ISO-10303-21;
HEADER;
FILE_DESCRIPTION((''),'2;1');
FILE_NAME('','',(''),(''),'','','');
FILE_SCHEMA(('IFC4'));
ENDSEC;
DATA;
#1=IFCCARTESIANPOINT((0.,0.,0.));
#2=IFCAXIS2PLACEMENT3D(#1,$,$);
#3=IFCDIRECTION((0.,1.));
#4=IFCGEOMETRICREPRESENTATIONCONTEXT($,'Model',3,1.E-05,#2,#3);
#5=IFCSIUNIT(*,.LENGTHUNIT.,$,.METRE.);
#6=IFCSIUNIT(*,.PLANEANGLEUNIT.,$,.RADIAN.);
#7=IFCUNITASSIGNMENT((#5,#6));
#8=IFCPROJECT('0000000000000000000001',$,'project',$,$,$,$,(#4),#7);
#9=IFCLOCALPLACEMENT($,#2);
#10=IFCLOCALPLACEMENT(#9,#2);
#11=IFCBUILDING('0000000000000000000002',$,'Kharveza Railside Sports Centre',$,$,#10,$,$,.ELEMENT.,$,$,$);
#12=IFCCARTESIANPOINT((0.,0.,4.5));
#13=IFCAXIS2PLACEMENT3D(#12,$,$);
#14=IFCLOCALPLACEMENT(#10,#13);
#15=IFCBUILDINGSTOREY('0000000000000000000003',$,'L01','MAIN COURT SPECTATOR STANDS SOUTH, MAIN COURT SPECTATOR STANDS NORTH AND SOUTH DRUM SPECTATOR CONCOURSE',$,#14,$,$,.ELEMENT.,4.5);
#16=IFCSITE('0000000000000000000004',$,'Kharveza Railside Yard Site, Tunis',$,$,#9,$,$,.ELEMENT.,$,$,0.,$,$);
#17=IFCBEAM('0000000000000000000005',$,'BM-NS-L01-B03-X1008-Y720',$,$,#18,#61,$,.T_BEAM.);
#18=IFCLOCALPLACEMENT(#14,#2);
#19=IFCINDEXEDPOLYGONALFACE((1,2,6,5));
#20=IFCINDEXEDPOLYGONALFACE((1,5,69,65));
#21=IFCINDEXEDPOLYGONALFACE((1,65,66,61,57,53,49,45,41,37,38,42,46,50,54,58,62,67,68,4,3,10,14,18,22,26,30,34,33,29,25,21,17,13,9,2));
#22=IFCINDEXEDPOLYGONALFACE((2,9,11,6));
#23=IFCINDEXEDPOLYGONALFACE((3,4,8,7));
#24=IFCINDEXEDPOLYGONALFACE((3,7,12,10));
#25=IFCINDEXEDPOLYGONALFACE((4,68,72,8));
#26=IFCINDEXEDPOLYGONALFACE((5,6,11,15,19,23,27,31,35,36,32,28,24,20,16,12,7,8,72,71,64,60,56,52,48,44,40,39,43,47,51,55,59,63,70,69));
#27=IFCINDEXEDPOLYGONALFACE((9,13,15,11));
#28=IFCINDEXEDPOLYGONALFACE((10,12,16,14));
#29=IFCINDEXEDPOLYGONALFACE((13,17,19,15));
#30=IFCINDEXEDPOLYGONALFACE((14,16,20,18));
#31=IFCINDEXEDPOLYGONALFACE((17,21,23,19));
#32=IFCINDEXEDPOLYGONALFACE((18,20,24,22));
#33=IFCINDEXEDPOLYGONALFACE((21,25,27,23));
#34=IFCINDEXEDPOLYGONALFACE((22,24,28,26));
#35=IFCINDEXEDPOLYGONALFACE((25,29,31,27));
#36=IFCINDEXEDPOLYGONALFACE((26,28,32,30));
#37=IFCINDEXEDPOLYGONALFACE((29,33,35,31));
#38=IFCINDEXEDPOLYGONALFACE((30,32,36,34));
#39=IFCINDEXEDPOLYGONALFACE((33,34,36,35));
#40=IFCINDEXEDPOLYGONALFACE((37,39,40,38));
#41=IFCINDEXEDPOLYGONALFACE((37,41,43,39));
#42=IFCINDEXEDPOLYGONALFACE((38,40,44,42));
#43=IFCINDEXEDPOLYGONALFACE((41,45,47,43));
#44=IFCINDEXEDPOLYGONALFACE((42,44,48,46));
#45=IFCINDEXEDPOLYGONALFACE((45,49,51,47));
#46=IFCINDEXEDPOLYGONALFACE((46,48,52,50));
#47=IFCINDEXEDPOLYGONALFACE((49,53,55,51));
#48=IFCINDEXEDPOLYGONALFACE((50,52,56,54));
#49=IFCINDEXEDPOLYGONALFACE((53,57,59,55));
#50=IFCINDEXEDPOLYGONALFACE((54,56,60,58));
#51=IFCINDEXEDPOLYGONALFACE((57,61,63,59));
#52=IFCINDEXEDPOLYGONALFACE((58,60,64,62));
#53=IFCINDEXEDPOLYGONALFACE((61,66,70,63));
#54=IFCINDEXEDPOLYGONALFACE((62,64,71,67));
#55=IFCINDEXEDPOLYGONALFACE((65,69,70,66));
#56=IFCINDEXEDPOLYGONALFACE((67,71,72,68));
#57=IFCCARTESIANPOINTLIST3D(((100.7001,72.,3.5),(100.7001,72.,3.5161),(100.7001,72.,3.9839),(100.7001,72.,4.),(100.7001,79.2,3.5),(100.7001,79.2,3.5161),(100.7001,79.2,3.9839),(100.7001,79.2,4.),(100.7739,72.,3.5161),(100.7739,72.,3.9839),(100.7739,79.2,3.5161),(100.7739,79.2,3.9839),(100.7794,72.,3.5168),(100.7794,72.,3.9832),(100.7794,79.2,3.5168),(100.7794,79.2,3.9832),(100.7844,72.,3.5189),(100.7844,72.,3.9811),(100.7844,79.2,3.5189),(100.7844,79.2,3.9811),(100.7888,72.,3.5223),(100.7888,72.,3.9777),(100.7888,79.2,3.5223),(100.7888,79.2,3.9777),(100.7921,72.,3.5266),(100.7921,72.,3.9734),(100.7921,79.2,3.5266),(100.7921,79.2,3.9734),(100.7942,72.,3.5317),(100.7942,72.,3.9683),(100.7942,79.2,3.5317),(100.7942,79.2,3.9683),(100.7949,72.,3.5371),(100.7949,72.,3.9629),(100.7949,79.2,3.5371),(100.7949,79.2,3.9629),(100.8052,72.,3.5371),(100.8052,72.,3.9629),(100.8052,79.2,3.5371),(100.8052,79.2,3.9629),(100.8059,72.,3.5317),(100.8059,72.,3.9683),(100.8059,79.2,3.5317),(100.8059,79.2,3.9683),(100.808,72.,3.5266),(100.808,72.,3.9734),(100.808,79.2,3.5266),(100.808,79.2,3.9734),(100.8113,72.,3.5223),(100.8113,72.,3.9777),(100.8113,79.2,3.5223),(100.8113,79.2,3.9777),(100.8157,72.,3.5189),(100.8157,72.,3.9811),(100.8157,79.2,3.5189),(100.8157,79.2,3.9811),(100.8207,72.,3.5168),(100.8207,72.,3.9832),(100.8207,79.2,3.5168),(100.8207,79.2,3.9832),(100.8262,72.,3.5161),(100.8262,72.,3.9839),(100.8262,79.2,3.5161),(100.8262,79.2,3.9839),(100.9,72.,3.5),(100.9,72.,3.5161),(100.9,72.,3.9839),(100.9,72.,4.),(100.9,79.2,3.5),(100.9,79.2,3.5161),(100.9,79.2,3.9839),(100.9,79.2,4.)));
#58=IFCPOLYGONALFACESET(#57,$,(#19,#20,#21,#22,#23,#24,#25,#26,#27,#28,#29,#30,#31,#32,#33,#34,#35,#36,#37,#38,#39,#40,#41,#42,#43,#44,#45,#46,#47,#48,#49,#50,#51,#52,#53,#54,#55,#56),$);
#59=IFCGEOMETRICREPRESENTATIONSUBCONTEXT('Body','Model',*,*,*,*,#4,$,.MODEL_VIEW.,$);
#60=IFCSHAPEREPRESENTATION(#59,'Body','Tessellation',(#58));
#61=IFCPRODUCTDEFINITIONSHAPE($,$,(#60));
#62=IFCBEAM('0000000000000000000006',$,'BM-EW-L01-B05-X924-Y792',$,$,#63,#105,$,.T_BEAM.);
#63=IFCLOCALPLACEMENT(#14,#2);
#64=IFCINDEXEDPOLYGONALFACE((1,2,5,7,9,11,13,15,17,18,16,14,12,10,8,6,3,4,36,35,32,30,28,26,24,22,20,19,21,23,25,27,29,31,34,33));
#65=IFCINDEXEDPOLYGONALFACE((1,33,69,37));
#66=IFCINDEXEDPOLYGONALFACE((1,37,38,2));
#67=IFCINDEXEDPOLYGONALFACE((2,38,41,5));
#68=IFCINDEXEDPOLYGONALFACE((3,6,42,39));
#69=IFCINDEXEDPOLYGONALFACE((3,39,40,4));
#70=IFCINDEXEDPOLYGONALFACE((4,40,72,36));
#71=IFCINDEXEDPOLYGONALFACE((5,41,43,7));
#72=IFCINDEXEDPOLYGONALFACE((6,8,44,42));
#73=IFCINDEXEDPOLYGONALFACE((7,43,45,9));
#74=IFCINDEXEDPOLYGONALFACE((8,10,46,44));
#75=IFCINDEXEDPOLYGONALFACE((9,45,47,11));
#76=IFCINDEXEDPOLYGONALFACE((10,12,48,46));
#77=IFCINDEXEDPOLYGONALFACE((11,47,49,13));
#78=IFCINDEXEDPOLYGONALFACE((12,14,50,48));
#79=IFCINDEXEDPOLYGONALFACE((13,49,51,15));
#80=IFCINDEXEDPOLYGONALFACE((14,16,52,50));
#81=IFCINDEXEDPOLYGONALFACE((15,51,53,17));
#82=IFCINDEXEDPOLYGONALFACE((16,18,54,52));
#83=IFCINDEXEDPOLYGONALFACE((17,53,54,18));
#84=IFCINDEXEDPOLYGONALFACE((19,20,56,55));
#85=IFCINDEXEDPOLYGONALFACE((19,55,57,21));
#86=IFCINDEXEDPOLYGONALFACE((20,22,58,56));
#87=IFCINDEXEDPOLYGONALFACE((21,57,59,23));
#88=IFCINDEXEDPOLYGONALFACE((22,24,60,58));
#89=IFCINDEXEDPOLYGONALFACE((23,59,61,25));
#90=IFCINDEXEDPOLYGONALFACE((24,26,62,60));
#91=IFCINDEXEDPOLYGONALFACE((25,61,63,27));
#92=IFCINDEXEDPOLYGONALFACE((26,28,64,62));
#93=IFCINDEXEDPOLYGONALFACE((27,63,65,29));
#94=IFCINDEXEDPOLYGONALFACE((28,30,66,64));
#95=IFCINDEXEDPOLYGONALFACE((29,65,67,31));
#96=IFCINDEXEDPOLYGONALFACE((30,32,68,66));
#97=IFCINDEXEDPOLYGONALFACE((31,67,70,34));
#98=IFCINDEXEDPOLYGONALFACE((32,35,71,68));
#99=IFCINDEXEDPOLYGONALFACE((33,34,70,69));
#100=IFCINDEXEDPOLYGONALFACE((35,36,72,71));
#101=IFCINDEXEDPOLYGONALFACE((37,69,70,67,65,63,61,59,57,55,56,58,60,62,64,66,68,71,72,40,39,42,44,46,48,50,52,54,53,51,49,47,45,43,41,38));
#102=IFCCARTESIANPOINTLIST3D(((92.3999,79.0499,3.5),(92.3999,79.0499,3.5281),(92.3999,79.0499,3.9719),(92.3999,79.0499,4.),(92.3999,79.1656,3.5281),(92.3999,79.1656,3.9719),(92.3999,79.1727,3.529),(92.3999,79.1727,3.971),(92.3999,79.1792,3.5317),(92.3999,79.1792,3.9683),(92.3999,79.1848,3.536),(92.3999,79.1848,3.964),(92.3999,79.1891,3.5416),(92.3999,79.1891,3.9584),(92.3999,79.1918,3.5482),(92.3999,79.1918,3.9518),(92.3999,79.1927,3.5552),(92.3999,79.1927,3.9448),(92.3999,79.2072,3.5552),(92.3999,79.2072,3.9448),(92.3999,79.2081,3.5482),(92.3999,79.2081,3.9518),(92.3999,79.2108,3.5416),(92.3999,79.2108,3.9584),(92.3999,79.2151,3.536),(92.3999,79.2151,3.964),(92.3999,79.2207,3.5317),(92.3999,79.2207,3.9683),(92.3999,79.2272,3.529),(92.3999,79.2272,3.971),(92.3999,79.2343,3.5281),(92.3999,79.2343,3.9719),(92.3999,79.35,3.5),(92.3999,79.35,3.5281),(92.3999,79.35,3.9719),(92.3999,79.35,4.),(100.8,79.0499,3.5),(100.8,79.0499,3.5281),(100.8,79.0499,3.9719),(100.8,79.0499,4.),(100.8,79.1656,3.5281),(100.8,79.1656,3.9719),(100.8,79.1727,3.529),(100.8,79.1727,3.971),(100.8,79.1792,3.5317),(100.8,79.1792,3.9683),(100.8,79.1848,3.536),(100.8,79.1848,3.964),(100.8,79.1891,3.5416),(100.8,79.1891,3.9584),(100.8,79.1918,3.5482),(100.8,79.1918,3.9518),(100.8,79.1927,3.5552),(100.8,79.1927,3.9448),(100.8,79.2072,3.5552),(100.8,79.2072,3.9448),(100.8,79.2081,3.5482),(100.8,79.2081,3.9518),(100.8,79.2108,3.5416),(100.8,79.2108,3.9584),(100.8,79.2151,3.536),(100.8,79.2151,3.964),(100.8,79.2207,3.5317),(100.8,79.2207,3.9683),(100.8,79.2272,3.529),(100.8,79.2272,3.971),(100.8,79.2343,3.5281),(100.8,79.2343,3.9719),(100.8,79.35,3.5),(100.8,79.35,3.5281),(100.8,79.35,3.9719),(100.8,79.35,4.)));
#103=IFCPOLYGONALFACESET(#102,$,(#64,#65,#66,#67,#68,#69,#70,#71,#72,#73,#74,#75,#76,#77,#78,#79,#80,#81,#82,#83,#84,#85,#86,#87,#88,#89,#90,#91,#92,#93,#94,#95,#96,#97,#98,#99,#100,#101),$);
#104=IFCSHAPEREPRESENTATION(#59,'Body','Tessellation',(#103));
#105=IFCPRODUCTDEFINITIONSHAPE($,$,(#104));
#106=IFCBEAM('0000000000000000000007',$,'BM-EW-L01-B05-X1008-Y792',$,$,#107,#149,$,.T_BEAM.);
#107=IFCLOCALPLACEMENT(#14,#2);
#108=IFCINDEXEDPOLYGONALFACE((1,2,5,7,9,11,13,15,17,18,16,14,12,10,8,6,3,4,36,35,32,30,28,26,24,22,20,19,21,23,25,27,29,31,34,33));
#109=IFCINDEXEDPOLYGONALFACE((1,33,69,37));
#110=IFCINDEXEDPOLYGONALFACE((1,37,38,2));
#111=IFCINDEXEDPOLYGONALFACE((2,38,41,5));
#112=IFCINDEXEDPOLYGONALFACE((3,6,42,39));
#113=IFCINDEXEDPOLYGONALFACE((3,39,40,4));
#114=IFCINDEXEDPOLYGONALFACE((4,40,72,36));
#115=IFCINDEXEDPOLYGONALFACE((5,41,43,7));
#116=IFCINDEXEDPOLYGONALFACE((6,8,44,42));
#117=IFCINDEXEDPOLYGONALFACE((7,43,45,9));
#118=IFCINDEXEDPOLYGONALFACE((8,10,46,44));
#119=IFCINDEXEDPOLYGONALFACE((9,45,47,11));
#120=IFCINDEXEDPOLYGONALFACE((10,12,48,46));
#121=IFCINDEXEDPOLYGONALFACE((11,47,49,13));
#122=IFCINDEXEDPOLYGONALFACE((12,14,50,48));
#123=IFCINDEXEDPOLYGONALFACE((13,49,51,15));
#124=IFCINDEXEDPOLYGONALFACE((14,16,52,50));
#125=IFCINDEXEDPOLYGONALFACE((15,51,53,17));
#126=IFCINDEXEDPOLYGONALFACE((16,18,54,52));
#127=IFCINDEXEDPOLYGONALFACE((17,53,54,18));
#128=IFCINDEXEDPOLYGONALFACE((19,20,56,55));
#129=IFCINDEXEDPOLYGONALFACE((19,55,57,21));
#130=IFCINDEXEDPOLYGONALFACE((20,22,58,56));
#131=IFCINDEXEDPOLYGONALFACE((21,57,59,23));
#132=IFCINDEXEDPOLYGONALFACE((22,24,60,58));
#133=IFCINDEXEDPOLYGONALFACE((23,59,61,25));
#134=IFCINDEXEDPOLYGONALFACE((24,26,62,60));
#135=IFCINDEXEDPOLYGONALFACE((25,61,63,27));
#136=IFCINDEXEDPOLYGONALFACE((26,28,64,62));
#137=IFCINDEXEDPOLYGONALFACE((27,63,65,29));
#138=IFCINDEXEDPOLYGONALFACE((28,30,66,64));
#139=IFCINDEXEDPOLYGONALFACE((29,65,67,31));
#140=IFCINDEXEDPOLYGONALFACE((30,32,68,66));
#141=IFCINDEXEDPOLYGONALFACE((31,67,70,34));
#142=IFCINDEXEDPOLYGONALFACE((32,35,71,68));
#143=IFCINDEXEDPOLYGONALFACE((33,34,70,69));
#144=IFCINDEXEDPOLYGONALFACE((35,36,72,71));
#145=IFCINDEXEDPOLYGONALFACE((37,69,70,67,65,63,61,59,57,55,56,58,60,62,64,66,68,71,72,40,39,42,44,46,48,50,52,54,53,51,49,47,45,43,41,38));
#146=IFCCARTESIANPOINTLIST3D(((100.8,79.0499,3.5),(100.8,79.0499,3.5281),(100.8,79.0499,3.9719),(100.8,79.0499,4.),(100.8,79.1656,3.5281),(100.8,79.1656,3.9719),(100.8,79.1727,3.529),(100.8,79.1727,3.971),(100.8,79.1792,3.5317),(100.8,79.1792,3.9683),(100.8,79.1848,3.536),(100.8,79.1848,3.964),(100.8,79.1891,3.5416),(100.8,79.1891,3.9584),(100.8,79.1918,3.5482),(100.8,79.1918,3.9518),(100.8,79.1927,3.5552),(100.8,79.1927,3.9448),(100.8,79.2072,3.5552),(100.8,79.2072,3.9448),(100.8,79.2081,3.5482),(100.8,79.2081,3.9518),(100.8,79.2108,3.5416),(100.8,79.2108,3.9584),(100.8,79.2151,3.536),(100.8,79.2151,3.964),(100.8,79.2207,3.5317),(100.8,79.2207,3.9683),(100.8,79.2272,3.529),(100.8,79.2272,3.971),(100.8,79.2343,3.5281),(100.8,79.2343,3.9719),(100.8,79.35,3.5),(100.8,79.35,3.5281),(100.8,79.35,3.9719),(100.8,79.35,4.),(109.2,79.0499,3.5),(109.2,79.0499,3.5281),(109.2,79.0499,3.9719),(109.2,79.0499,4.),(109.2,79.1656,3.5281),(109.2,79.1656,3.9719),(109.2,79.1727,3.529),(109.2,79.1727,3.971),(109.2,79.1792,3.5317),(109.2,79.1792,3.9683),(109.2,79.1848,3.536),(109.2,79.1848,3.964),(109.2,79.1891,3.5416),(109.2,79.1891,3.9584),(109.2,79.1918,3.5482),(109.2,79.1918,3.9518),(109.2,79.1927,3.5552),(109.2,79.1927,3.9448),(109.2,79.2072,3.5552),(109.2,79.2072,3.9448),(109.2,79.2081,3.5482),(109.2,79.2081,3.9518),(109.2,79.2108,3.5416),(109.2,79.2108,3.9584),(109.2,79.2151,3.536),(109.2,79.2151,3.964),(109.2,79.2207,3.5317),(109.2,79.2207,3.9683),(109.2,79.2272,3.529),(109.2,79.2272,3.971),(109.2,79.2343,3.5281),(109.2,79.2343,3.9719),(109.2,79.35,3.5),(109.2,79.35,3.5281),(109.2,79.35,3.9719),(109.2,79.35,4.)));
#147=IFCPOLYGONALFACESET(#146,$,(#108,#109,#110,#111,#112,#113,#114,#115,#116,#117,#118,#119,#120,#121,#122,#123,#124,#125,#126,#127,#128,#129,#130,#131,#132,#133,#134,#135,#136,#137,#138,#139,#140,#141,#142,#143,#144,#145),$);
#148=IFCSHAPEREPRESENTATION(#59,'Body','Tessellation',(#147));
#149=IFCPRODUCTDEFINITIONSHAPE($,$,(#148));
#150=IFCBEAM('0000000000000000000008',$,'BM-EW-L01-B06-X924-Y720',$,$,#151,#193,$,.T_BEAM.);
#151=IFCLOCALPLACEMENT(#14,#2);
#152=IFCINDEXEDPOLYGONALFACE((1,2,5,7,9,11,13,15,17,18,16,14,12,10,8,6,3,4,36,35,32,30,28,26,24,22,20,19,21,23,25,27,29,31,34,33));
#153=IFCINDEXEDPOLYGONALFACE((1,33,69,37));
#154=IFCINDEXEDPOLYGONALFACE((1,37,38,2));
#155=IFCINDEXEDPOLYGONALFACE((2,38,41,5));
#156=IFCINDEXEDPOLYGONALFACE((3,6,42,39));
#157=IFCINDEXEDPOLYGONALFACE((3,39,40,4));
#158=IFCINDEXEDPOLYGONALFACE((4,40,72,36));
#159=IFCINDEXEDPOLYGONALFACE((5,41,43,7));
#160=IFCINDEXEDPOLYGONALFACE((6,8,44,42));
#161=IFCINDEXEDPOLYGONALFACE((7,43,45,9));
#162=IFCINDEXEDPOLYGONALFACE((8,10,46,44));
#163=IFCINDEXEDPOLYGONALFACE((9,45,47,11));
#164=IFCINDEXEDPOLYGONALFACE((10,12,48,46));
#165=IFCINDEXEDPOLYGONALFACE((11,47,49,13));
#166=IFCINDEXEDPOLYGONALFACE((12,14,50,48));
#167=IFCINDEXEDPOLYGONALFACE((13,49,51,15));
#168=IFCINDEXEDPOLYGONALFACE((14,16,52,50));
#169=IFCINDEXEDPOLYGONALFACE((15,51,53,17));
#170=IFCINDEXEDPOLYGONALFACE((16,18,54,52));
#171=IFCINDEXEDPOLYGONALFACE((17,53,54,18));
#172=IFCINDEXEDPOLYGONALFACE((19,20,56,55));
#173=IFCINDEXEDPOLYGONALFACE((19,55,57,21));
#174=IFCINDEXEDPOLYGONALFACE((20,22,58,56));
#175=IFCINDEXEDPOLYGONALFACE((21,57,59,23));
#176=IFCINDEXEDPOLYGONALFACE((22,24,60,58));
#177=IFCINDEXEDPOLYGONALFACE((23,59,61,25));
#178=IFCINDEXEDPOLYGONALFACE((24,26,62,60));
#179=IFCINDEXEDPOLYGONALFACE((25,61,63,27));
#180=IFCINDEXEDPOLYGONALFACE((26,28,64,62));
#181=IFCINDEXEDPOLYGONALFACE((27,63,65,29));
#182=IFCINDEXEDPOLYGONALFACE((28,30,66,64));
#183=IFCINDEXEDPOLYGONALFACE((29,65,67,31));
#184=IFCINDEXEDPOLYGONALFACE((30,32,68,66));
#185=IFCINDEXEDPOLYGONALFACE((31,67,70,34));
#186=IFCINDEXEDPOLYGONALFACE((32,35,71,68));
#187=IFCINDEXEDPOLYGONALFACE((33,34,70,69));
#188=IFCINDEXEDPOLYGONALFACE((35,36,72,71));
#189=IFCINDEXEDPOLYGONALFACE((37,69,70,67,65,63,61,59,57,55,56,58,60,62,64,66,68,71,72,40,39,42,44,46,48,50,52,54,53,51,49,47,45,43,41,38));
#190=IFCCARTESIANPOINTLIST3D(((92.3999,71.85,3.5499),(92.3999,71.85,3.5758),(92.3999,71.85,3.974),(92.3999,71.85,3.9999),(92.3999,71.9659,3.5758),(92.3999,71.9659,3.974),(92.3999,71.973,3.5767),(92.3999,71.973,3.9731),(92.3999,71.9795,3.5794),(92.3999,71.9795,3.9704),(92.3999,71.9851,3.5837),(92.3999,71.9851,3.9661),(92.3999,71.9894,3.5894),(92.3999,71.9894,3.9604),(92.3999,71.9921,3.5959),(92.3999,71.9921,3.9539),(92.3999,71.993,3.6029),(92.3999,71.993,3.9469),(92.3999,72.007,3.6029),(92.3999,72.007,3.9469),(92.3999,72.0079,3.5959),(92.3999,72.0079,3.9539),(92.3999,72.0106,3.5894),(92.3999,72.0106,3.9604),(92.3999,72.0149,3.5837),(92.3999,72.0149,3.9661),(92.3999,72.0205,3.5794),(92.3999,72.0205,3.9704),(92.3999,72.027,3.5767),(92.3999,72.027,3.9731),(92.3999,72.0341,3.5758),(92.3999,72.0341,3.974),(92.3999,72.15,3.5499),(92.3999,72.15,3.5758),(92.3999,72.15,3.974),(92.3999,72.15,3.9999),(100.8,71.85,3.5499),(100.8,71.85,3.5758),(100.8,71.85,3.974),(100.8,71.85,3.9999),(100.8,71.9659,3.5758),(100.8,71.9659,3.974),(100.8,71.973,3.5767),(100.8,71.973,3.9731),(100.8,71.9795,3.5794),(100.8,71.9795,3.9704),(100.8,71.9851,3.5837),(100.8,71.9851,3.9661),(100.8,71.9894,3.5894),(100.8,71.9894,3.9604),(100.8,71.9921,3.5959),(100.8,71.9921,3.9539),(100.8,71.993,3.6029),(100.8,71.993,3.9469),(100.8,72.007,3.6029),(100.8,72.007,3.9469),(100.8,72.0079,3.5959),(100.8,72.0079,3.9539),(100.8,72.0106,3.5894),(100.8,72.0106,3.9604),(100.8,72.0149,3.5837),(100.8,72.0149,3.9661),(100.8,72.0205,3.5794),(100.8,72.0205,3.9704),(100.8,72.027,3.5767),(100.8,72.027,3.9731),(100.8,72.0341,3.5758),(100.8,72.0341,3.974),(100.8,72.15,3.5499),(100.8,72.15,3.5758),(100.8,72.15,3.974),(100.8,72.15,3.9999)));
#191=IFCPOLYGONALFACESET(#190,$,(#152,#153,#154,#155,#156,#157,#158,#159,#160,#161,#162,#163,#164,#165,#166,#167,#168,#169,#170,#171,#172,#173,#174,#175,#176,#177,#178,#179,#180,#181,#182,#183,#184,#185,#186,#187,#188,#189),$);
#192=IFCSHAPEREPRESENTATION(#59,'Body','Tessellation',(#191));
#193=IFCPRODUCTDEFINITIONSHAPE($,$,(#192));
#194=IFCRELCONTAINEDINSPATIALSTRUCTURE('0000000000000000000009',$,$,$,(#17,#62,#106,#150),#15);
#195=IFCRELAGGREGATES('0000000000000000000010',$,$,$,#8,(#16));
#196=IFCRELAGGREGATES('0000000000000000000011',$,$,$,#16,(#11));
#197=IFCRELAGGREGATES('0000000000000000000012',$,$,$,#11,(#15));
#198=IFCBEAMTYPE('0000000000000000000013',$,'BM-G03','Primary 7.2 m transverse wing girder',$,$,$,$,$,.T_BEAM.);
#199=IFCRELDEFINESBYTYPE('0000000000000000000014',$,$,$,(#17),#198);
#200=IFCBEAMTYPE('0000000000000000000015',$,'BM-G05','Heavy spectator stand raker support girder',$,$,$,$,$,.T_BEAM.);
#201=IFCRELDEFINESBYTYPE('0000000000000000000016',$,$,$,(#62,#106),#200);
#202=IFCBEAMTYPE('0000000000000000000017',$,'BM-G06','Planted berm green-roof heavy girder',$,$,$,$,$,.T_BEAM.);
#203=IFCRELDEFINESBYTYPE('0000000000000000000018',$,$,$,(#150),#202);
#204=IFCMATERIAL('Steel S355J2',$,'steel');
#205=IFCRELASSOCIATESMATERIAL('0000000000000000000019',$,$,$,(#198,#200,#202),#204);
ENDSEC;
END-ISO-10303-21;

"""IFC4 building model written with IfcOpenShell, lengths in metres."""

from ifc_helpers import new_model, si_unit, direction, frame, origin, origin_2d, place, context, subcontext, project, spatial, i_section, extrude, material, material_profile, profile_set, type_object, element, save


model = new_model("IFC4")

# Units and contexts
model_context = context("Model", 3, precision=1e-05, world=origin(), true_north=direction((0.0, 1.0)))
body_context = subcontext(model_context, "Body", "Model", "MODEL_VIEW")
ifc_project = project(units=[si_unit("LENGTHUNIT", "METRE"), si_unit("PLANEANGLEUNIT", "RADIAN")], contexts=[model_context])

# Site, building, storey
site_placement = place(None, origin())
site = spatial("IfcSite", under=ifc_project, at=site_placement, Name="Kharveza Railside Yard Site, Tunis", CompositionType="ELEMENT", RefElevation=0.0)
building_placement = place(site_placement, origin())
building = spatial("IfcBuilding", under=site, at=building_placement, Name="Kharveza Railside Sports Centre", CompositionType="ELEMENT")
storey_placement = place(building_placement, frame((0.0, 0.0, 4.5)))
storey = spatial("IfcBuildingStorey", under=building, at=storey_placement, Name="L01", Description="MAIN COURT SPECTATOR STANDS SOUTH, MAIN COURT SPECTATOR STANDS NORTH AND SOUTH DRUM SPECTATOR CONCOURSE", CompositionType="ELEMENT", Elevation=4.5)

# Shared definitions
ifc_material_1 = material(Name="Steel S355J2", Category="steel")

# Beams
ifc_material_profile_1 = material_profile(ifc_material_1, i_section(OverallWidth=0.2, OverallDepth=0.5, WebThickness=0.0103, FlangeThickness=0.0161, FilletRadius=0.021, at=origin_2d()), Name="IPE 500")
ifc_profile_set_1 = profile_set([ifc_material_profile_1], Name="Steel S355J2")
beam_type_1 = type_object("IfcBeamType", Name="BM-G03", Description="Primary 7.2 m transverse wing girder", PredefinedType="T_BEAM", material=ifc_profile_set_1)
beam_1_placement = place(storey_placement, frame((100.8, 72.0, 3.75), z_axis=(0.0, 1.0, 0.0), x_axis=(-1.0, 0.0, 0.0)))
element("IfcBeam", 1, at=beam_1_placement, inside=storey, type_object=beam_type_1, Name="BM-NS-L01-B03-X1008-Y720", PredefinedType="T_BEAM", context=body_context, shape_type="SweptSolid", body=[
    extrude(i_section(OverallWidth=0.2, OverallDepth=0.5, WebThickness=0.0103, FlangeThickness=0.0161, FilletRadius=0.021, at=origin_2d()), origin(), (0.0, 0.0, 1.0), 7.2),
])
ifc_material_profile_2 = material_profile(ifc_material_1, i_section(OverallWidth=0.3, OverallDepth=0.5, WebThickness=0.0144, FlangeThickness=0.0281, FilletRadius=0.0271, at=origin_2d()), Name="HEB 500")
ifc_profile_set_2 = profile_set([ifc_material_profile_2], Name="Steel S355J2")
beam_type_2 = type_object("IfcBeamType", Name="BM-G05", Description="Heavy spectator stand raker support girder", PredefinedType="T_BEAM", material=ifc_profile_set_2)
beam_2_placement = place(storey_placement, frame((92.3999, 79.2, 3.75), z_axis=(1.0, 0.0, 0.0), x_axis=(0.0, 1.0, 0.0)))
element("IfcBeam", 2, at=beam_2_placement, inside=storey, type_object=beam_type_2, Name="BM-EW-L01-B05-X924-Y792", PredefinedType="T_BEAM", context=body_context, shape_type="SweptSolid", body=[
    extrude(i_section(OverallWidth=0.3, OverallDepth=0.5, WebThickness=0.0144, FlangeThickness=0.0281, FilletRadius=0.0271, at=origin_2d()), origin(), (0.0, 0.0, 1.0), 8.4001),
])
beam_3_placement = place(storey_placement, frame((100.8, 79.2, 3.75), z_axis=(1.0, 0.0, 0.0), x_axis=(0.0, 1.0, 0.0)))
element("IfcBeam", 3, at=beam_3_placement, inside=storey, type_object=beam_type_2, Name="BM-EW-L01-B05-X1008-Y792", PredefinedType="T_BEAM", context=body_context, shape_type="SweptSolid", body=[
    extrude(i_section(OverallWidth=0.3, OverallDepth=0.5, WebThickness=0.0144, FlangeThickness=0.0281, FilletRadius=0.0271, at=origin_2d()), origin(), (0.0, 0.0, 1.0), 8.3999),
])
ifc_material_profile_3 = material_profile(ifc_material_1, i_section(OverallWidth=0.3, OverallDepth=0.45, WebThickness=0.0139, FlangeThickness=0.0259, FilletRadius=0.0271, at=origin_2d()), Name="HEB 450")
ifc_profile_set_3 = profile_set([ifc_material_profile_3], Name="Steel S355J2")
beam_type_3 = type_object("IfcBeamType", Name="BM-G06", Description="Planted berm green-roof heavy girder", PredefinedType="T_BEAM", material=ifc_profile_set_3)
beam_4_placement = place(storey_placement, frame((92.3999, 72.0, 3.7749), z_axis=(1.0, 0.0, 0.0), x_axis=(0.0, 1.0, 0.0)))
element("IfcBeam", 4, at=beam_4_placement, inside=storey, type_object=beam_type_3, Name="BM-EW-L01-B06-X924-Y720", PredefinedType="T_BEAM", context=body_context, shape_type="SweptSolid", body=[
    extrude(i_section(OverallWidth=0.3, OverallDepth=0.45, WebThickness=0.0139, FlangeThickness=0.0259, FilletRadius=0.0271, at=origin_2d()), origin(), (0.0, 0.0, 1.0), 8.4001),
])

save(model, "model.ifc")
